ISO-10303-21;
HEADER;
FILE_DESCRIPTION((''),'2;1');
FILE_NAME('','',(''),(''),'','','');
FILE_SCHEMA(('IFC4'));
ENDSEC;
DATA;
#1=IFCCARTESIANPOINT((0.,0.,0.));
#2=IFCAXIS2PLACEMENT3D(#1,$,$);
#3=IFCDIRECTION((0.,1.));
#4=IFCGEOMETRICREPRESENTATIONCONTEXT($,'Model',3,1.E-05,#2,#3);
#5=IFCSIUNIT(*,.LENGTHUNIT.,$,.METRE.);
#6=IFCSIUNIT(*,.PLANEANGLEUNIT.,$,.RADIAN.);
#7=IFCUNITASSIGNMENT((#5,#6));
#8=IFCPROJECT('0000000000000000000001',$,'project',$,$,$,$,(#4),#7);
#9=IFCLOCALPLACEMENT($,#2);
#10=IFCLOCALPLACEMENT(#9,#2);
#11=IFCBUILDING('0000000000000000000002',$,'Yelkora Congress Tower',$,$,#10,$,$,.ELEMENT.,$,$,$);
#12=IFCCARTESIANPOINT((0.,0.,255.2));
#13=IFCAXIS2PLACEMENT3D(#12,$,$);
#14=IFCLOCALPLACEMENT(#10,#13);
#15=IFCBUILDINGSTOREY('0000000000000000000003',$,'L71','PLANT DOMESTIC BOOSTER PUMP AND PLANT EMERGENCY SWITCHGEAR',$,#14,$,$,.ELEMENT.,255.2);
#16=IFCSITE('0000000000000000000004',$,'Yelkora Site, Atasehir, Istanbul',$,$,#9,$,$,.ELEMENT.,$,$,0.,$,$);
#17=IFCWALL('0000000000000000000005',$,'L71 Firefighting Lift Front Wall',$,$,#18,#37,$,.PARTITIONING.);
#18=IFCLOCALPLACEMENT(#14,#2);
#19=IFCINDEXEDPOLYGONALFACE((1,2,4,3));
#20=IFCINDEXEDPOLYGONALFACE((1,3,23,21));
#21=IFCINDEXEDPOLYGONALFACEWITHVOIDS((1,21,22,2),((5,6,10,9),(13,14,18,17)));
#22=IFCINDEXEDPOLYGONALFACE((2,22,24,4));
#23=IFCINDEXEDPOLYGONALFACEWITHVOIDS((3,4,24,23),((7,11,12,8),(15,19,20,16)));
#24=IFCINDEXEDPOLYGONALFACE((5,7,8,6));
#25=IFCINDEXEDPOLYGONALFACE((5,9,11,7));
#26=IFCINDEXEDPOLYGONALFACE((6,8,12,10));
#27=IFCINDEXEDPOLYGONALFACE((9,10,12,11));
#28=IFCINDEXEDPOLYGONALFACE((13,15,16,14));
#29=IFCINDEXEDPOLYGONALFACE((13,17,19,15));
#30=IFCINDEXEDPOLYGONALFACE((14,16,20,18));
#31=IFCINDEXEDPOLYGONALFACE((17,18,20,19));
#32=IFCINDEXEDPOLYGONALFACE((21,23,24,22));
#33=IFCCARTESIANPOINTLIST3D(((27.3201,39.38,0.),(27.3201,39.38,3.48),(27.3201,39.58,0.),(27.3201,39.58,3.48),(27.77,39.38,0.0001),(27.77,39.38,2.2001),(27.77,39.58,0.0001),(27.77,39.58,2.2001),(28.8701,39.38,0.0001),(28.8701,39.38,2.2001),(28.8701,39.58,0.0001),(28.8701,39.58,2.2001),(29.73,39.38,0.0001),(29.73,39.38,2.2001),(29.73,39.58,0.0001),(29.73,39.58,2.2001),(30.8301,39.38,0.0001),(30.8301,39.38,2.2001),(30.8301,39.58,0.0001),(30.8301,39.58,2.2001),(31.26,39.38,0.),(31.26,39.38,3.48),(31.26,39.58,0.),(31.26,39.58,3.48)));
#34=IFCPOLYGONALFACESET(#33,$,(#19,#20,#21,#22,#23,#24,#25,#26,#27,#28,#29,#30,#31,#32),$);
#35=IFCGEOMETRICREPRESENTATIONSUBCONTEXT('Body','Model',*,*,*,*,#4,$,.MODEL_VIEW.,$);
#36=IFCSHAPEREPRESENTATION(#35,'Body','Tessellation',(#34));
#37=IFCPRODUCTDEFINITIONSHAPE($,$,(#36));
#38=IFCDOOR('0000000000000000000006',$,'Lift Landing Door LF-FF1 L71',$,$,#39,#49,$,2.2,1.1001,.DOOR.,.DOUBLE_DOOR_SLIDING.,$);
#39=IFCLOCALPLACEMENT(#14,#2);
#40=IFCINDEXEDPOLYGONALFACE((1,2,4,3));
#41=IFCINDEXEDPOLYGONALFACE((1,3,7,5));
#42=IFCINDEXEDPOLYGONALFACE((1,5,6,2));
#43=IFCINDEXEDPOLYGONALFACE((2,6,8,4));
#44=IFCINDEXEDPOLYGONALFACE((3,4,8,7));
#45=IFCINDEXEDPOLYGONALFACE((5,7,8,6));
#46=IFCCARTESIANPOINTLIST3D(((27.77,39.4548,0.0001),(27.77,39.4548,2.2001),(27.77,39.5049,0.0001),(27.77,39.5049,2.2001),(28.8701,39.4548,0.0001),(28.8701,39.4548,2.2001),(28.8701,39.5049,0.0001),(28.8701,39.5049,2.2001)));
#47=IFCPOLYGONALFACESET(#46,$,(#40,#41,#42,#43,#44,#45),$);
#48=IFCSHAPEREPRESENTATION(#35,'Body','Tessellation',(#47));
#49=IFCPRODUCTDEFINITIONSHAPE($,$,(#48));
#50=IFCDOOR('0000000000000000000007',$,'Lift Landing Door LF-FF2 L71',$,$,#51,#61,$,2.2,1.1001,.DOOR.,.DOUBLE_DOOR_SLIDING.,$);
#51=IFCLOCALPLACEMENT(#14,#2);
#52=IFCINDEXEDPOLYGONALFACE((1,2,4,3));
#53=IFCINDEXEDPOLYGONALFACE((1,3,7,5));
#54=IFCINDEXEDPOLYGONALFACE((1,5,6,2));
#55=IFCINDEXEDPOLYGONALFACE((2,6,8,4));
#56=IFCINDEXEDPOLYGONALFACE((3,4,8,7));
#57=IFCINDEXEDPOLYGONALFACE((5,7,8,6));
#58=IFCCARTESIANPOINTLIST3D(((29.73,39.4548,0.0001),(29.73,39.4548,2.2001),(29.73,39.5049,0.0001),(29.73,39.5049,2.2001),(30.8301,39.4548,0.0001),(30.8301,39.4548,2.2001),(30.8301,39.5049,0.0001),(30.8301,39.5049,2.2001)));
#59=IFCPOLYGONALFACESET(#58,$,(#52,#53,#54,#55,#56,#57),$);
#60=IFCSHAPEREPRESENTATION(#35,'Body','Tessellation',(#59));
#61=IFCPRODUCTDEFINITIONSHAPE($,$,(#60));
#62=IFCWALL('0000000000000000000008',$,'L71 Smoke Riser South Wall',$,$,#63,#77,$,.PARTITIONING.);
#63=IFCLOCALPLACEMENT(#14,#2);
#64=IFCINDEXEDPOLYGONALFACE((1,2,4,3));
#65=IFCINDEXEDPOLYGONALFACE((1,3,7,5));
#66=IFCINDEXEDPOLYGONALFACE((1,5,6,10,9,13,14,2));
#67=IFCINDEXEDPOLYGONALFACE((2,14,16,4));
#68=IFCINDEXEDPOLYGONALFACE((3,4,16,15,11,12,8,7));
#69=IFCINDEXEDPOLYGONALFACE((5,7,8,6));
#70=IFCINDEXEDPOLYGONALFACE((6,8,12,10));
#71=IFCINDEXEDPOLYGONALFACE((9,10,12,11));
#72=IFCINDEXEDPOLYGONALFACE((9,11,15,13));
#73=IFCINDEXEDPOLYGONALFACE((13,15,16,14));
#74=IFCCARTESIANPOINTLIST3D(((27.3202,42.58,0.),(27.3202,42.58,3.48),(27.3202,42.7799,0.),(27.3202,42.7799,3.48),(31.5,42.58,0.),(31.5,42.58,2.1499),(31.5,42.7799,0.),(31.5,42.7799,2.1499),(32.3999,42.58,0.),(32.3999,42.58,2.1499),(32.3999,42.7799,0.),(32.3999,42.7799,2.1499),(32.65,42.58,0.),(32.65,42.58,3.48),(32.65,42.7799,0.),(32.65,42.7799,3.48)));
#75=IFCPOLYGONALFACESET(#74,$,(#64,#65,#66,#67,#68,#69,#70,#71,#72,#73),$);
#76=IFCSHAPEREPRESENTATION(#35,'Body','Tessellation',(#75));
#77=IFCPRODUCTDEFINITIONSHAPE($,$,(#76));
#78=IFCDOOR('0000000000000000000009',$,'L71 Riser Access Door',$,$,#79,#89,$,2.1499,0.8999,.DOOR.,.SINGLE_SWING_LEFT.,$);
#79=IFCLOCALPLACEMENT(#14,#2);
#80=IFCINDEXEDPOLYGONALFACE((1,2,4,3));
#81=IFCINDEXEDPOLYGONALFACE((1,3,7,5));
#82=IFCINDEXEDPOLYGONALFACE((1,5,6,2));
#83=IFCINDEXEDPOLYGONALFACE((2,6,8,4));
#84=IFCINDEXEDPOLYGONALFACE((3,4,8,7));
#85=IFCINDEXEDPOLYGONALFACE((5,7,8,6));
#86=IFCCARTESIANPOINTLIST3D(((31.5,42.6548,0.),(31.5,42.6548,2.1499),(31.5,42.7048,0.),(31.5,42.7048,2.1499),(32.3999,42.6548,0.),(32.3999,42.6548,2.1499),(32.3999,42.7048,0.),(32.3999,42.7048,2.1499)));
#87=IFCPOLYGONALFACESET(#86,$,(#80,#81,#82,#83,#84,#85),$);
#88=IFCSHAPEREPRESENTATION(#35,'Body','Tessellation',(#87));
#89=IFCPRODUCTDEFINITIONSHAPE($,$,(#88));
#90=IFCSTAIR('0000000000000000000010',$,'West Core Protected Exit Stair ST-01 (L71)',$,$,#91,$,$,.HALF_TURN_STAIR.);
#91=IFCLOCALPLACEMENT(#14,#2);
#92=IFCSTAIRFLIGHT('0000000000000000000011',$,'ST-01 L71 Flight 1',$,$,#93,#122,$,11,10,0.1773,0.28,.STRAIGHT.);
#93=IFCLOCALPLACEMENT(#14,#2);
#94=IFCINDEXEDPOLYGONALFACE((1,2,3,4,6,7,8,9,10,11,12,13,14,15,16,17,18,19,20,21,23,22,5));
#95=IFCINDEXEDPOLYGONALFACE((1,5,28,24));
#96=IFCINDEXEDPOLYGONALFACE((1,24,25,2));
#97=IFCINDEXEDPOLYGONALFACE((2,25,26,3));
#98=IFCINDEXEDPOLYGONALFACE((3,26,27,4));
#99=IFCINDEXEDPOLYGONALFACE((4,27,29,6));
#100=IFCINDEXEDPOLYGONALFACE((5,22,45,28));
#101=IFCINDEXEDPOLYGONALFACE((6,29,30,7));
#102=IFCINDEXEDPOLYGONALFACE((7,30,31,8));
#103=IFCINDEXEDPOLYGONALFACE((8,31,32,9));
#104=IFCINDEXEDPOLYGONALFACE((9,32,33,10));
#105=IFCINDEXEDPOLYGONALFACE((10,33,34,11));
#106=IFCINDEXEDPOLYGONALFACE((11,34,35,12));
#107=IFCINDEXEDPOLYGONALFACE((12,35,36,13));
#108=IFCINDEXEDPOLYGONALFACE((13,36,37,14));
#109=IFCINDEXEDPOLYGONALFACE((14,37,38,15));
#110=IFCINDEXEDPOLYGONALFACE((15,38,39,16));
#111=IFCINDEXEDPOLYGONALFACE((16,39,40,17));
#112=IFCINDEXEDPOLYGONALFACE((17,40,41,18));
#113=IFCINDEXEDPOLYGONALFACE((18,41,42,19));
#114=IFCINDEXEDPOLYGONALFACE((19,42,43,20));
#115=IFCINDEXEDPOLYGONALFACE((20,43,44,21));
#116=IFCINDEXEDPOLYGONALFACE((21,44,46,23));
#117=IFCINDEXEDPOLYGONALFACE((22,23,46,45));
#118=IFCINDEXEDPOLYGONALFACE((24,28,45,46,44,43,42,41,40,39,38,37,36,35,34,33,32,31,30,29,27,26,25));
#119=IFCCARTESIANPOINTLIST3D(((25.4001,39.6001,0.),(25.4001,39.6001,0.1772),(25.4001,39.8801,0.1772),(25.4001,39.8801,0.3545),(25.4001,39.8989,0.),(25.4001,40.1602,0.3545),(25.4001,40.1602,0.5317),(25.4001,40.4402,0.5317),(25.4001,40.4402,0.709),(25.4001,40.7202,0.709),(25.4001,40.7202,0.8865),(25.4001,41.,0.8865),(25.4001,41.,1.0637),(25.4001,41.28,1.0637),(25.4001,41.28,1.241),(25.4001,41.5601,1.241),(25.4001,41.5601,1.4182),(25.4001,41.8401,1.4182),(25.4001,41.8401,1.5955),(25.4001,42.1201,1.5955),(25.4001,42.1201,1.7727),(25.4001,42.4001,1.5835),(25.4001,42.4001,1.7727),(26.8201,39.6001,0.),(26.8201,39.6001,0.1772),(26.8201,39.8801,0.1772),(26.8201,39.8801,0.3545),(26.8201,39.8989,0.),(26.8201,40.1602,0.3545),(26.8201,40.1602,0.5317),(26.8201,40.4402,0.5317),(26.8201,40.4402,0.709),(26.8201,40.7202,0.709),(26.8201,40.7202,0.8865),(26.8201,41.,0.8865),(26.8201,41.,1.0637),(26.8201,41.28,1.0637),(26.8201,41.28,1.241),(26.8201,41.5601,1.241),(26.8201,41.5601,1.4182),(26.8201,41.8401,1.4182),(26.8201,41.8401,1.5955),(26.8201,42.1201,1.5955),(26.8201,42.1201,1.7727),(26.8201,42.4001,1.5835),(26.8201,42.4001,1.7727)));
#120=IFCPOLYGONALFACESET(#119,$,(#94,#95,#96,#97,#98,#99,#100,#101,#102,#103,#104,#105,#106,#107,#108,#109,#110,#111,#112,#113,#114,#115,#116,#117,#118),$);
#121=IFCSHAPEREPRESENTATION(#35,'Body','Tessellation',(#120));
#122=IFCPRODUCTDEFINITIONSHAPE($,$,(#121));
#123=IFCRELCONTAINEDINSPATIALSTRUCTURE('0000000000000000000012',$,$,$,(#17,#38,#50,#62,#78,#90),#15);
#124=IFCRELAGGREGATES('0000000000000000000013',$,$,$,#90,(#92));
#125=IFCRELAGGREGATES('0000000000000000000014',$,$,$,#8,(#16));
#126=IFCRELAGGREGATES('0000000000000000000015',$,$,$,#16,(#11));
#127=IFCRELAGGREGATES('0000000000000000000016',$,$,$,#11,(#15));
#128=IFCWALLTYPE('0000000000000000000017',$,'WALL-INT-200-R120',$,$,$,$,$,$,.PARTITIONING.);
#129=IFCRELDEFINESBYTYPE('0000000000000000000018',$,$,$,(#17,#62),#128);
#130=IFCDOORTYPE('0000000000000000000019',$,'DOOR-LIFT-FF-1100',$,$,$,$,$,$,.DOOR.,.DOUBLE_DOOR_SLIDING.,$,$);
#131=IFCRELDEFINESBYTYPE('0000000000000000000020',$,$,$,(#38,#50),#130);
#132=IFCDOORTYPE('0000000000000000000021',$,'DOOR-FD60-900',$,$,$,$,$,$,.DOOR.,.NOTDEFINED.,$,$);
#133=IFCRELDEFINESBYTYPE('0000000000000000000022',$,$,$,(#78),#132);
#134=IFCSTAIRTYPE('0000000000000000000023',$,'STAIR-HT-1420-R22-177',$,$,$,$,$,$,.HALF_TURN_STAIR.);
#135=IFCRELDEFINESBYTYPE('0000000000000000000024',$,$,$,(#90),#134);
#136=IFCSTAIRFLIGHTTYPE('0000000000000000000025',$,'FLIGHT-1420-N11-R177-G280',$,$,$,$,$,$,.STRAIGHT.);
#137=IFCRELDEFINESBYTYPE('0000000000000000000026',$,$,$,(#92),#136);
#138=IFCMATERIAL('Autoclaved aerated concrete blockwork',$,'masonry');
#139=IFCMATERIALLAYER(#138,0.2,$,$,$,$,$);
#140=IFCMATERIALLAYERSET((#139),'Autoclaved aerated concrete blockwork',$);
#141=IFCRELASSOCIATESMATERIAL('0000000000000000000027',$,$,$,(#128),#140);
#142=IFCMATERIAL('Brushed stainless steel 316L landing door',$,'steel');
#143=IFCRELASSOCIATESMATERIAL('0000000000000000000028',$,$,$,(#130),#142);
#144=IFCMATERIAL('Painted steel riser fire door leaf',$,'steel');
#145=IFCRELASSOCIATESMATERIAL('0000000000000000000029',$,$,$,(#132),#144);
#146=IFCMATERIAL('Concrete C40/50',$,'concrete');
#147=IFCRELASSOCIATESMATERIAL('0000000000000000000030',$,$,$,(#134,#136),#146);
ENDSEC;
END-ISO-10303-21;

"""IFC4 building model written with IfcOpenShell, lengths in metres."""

from ifc_helpers import new_model, si_unit, direction, frame, frame_2d, origin, place, context, subcontext, project, spatial, polyline, rectangle, outline, extrude, material, layer, layer_set, type_object, element, fill, aggregate, save


model = new_model("IFC4")

# Units and contexts
model_context = context("Model", 3, precision=1e-05, world=origin(), true_north=direction((0.0, 1.0)))
body_context = subcontext(model_context, "Body", "Model", "MODEL_VIEW")
ifc_project = project(units=[si_unit("LENGTHUNIT", "METRE"), si_unit("PLANEANGLEUNIT", "RADIAN")], contexts=[model_context])

# Site, building, storey
site_placement = place(None, origin())
site = spatial("IfcSite", under=ifc_project, at=site_placement, Name="Yelkora Site, Atasehir, Istanbul", CompositionType="ELEMENT", RefElevation=0.0)
building_placement = place(site_placement, origin())
building = spatial("IfcBuilding", under=site, at=building_placement, Name="Yelkora Congress Tower", CompositionType="ELEMENT")
storey_placement = place(building_placement, frame((0.0, 0.0, 255.2)))
storey = spatial("IfcBuildingStorey", under=building, at=storey_placement, Name="L71", Description="PLANT DOMESTIC BOOSTER PUMP AND PLANT EMERGENCY SWITCHGEAR", CompositionType="ELEMENT", Elevation=255.2)

# Wall, openings, doors
ifc_material_1 = material(Name="Autoclaved aerated concrete blockwork", Category="masonry")
ifc_layer_1 = layer(ifc_material_1, 0.2)
ifc_layer_set_1 = layer_set([ifc_layer_1], Name="Autoclaved aerated concrete blockwork")
wall_type_1 = type_object("IfcWallType", Name="WALL-INT-200-R120", PredefinedType="PARTITIONING", material=ifc_layer_set_1)
wall_1_placement = place(storey_placement, frame((27.3201, 39.48, 0.0), z_axis=(0.0, 0.0, 1.0), x_axis=(1.0, 0.0, 0.0)))
wall_1 = element("IfcWall", 1, at=wall_1_placement, inside=storey, type_object=wall_type_1, Name="L71 Firefighting Lift Front Wall", PredefinedType="PARTITIONING", context=body_context, shape_type="SweptSolid", body=[
    extrude(rectangle(XDim=3.9399, YDim=0.2, at=frame_2d((1.97, 0.0))), origin(), (0.0, 0.0, 1.0), 3.48),
])
opening_1_placement = place(wall_1_placement, frame((0.45, 0.0, 0.0)))
opening_1 = element("IfcOpeningElement", 2, at=opening_1_placement, cuts=wall_1, PredefinedType="OPENING", context=body_context, shape_type="SweptSolid", body=[
    extrude(rectangle(XDim=1.1001, YDim=2.2, at=frame_2d((0.55, 1.1001))), frame((0.0, 0.1099, 0.0), z_axis=(0.0, -1.0, 0.0), x_axis=(1.0, 0.0, 0.0)), (0.0, 0.0, 1.0), 0.22),
])
opening_2_placement = place(wall_1_placement, frame((2.4099, 0.0, 0.0)))
opening_2 = element("IfcOpeningElement", 3, at=opening_2_placement, cuts=wall_1, PredefinedType="OPENING", context=body_context, shape_type="SweptSolid", body=[
    extrude(rectangle(XDim=1.1001, YDim=2.2, at=frame_2d((0.55, 1.1001))), frame((0.0, 0.1099, 0.0), z_axis=(0.0, -1.0, 0.0), x_axis=(1.0, 0.0, 0.0)), (0.0, 0.0, 1.0), 0.22),
])
ifc_material_2 = material(Name="Brushed stainless steel 316L landing door", Category="steel")
door_type_1 = type_object("IfcDoorType", Name="DOOR-LIFT-FF-1100", OperationType="DOUBLE_DOOR_SLIDING", PredefinedType="DOOR", material=ifc_material_2)
door_1_placement = place(opening_1_placement, origin())
door_1 = element("IfcDoor", 4, at=door_1_placement, inside=storey, type_object=door_type_1, Name="Lift Landing Door LF-FF1 L71", OperationType="DOUBLE_DOOR_SLIDING", OverallHeight=2.2, OverallWidth=1.1001, PredefinedType="DOOR", context=body_context, shape_type="SweptSolid", body=[
    extrude(rectangle(XDim=1.1001, YDim=2.2, at=frame_2d((0.55, 1.1001))), frame((0.0, 0.0249, 0.0), z_axis=(0.0, -1.0, 0.0), x_axis=(1.0, 0.0, 0.0)), (0.0, 0.0, 1.0), 0.05),
])
fill(opening_1, door_1)
door_2_placement = place(opening_2_placement, origin())
door_2 = element("IfcDoor", 5, at=door_2_placement, inside=storey, type_object=door_type_1, Name="Lift Landing Door LF-FF2 L71", OperationType="DOUBLE_DOOR_SLIDING", OverallHeight=2.2, OverallWidth=1.1001, PredefinedType="DOOR", context=body_context, shape_type="SweptSolid", body=[
    extrude(rectangle(XDim=1.1001, YDim=2.2, at=frame_2d((0.55, 1.1001))), frame((0.0, 0.0249, 0.0), z_axis=(0.0, -1.0, 0.0), x_axis=(1.0, 0.0, 0.0)), (0.0, 0.0, 1.0), 0.05),
])
fill(opening_2, door_2)

# Wall, opening, door
wall_2_placement = place(storey_placement, frame((27.3201, 42.6799, 0.0), z_axis=(0.0, 0.0, 1.0), x_axis=(1.0, 0.0, 0.0)))
wall_2 = element("IfcWall", 6, at=wall_2_placement, inside=storey, type_object=wall_type_1, Name="L71 Smoke Riser South Wall", PredefinedType="PARTITIONING", context=body_context, shape_type="SweptSolid", body=[
    extrude(rectangle(XDim=5.3298, YDim=0.2, at=frame_2d((2.665, 0.0))), origin(), (0.0, 0.0, 1.0), 3.48),
])
opening_3_placement = place(wall_2_placement, frame((4.1799, 0.0, 0.0)))
opening_3 = element("IfcOpeningElement", 7, at=opening_3_placement, cuts=wall_2, PredefinedType="OPENING", context=body_context, shape_type="SweptSolid", body=[
    extrude(rectangle(XDim=0.8999, YDim=2.1499, at=frame_2d((0.45, 1.075))), frame((0.0, 0.1099, 0.0), z_axis=(0.0, -1.0, 0.0), x_axis=(1.0, 0.0, 0.0)), (0.0, 0.0, 1.0), 0.22),
])
ifc_material_3 = material(Name="Painted steel riser fire door leaf", Category="steel")
door_type_2 = type_object("IfcDoorType", Name="DOOR-FD60-900", OperationType="NOTDEFINED", PredefinedType="DOOR", material=ifc_material_3)
door_3_placement = place(opening_3_placement, origin())
door_3 = element("IfcDoor", 8, at=door_3_placement, inside=storey, type_object=door_type_2, Name="L71 Riser Access Door", OperationType="SINGLE_SWING_LEFT", OverallHeight=2.1499, OverallWidth=0.8999, PredefinedType="DOOR", context=body_context, shape_type="SweptSolid", body=[
    extrude(rectangle(XDim=0.8999, YDim=2.1499, at=frame_2d((0.45, 1.075))), frame((0.0, 0.0249, 0.0), z_axis=(0.0, -1.0, 0.0), x_axis=(1.0, 0.0, 0.0)), (0.0, 0.0, 1.0), 0.05),
])
fill(opening_3, door_3)

# Stair, stair flight
ifc_material_4 = material(Name="Concrete C40/50", Category="concrete")
stair_type = type_object("IfcStairType", Name="STAIR-HT-1420-R22-177", PredefinedType="HALF_TURN_STAIR", material=ifc_material_4)
stair_placement = place(storey_placement, origin())
stair = element("IfcStair", 9, at=stair_placement, inside=storey, type_object=stair_type, Name="West Core Protected Exit Stair ST-01 (L71)", PredefinedType="HALF_TURN_STAIR")
stair_flight_type = type_object("IfcStairFlightType", Name="FLIGHT-1420-N11-R177-G280", PredefinedType="STRAIGHT", material=ifc_material_4)
stair_flight_placement = place(storey_placement, frame((26.1101, 39.6001, 0.0), z_axis=(0.0, 0.0, 1.0), x_axis=(0.0, 1.0, 0.0)))
stair_flight = element("IfcStairFlight", 10, at=stair_flight_placement, type_object=stair_flight_type, Name="ST-01 L71 Flight 1", NumberOfRisers=11, NumberOfTreads=10, PredefinedType="STRAIGHT", RiserHeight=0.1773, TreadLength=0.28, context=body_context, shape_type="SweptSolid", body=[
    extrude(outline(polyline([(0.0, 0.0), (0.0, 0.1772), (0.28, 0.1772), (0.28, 0.3545), (0.5601, 0.3545), (0.5601, 0.5317), (0.8401, 0.5317), (0.8401, 0.709), (1.1201, 0.709), (1.1201, 0.8865), (1.3999, 0.8865), (1.3999, 1.0637), (1.6799, 1.0637), (1.6799, 1.241), (1.96, 1.241), (1.96, 1.4182), (2.24, 1.4182), (2.24, 1.5955), (2.52, 1.5955), (2.52, 1.7727), (2.8, 1.7727), (2.8, 1.95), (2.8, 1.5835), (0.2988, 0.0), (0.0, 0.0)])), frame((0.0, 0.71, 0.0), z_axis=(0.0, -1.0, 0.0), x_axis=(1.0, 0.0, 0.0)), (0.0, 0.0, 1.0), 1.4199),
])
aggregate(stair, [stair_flight])

save(model, "model.ifc")
